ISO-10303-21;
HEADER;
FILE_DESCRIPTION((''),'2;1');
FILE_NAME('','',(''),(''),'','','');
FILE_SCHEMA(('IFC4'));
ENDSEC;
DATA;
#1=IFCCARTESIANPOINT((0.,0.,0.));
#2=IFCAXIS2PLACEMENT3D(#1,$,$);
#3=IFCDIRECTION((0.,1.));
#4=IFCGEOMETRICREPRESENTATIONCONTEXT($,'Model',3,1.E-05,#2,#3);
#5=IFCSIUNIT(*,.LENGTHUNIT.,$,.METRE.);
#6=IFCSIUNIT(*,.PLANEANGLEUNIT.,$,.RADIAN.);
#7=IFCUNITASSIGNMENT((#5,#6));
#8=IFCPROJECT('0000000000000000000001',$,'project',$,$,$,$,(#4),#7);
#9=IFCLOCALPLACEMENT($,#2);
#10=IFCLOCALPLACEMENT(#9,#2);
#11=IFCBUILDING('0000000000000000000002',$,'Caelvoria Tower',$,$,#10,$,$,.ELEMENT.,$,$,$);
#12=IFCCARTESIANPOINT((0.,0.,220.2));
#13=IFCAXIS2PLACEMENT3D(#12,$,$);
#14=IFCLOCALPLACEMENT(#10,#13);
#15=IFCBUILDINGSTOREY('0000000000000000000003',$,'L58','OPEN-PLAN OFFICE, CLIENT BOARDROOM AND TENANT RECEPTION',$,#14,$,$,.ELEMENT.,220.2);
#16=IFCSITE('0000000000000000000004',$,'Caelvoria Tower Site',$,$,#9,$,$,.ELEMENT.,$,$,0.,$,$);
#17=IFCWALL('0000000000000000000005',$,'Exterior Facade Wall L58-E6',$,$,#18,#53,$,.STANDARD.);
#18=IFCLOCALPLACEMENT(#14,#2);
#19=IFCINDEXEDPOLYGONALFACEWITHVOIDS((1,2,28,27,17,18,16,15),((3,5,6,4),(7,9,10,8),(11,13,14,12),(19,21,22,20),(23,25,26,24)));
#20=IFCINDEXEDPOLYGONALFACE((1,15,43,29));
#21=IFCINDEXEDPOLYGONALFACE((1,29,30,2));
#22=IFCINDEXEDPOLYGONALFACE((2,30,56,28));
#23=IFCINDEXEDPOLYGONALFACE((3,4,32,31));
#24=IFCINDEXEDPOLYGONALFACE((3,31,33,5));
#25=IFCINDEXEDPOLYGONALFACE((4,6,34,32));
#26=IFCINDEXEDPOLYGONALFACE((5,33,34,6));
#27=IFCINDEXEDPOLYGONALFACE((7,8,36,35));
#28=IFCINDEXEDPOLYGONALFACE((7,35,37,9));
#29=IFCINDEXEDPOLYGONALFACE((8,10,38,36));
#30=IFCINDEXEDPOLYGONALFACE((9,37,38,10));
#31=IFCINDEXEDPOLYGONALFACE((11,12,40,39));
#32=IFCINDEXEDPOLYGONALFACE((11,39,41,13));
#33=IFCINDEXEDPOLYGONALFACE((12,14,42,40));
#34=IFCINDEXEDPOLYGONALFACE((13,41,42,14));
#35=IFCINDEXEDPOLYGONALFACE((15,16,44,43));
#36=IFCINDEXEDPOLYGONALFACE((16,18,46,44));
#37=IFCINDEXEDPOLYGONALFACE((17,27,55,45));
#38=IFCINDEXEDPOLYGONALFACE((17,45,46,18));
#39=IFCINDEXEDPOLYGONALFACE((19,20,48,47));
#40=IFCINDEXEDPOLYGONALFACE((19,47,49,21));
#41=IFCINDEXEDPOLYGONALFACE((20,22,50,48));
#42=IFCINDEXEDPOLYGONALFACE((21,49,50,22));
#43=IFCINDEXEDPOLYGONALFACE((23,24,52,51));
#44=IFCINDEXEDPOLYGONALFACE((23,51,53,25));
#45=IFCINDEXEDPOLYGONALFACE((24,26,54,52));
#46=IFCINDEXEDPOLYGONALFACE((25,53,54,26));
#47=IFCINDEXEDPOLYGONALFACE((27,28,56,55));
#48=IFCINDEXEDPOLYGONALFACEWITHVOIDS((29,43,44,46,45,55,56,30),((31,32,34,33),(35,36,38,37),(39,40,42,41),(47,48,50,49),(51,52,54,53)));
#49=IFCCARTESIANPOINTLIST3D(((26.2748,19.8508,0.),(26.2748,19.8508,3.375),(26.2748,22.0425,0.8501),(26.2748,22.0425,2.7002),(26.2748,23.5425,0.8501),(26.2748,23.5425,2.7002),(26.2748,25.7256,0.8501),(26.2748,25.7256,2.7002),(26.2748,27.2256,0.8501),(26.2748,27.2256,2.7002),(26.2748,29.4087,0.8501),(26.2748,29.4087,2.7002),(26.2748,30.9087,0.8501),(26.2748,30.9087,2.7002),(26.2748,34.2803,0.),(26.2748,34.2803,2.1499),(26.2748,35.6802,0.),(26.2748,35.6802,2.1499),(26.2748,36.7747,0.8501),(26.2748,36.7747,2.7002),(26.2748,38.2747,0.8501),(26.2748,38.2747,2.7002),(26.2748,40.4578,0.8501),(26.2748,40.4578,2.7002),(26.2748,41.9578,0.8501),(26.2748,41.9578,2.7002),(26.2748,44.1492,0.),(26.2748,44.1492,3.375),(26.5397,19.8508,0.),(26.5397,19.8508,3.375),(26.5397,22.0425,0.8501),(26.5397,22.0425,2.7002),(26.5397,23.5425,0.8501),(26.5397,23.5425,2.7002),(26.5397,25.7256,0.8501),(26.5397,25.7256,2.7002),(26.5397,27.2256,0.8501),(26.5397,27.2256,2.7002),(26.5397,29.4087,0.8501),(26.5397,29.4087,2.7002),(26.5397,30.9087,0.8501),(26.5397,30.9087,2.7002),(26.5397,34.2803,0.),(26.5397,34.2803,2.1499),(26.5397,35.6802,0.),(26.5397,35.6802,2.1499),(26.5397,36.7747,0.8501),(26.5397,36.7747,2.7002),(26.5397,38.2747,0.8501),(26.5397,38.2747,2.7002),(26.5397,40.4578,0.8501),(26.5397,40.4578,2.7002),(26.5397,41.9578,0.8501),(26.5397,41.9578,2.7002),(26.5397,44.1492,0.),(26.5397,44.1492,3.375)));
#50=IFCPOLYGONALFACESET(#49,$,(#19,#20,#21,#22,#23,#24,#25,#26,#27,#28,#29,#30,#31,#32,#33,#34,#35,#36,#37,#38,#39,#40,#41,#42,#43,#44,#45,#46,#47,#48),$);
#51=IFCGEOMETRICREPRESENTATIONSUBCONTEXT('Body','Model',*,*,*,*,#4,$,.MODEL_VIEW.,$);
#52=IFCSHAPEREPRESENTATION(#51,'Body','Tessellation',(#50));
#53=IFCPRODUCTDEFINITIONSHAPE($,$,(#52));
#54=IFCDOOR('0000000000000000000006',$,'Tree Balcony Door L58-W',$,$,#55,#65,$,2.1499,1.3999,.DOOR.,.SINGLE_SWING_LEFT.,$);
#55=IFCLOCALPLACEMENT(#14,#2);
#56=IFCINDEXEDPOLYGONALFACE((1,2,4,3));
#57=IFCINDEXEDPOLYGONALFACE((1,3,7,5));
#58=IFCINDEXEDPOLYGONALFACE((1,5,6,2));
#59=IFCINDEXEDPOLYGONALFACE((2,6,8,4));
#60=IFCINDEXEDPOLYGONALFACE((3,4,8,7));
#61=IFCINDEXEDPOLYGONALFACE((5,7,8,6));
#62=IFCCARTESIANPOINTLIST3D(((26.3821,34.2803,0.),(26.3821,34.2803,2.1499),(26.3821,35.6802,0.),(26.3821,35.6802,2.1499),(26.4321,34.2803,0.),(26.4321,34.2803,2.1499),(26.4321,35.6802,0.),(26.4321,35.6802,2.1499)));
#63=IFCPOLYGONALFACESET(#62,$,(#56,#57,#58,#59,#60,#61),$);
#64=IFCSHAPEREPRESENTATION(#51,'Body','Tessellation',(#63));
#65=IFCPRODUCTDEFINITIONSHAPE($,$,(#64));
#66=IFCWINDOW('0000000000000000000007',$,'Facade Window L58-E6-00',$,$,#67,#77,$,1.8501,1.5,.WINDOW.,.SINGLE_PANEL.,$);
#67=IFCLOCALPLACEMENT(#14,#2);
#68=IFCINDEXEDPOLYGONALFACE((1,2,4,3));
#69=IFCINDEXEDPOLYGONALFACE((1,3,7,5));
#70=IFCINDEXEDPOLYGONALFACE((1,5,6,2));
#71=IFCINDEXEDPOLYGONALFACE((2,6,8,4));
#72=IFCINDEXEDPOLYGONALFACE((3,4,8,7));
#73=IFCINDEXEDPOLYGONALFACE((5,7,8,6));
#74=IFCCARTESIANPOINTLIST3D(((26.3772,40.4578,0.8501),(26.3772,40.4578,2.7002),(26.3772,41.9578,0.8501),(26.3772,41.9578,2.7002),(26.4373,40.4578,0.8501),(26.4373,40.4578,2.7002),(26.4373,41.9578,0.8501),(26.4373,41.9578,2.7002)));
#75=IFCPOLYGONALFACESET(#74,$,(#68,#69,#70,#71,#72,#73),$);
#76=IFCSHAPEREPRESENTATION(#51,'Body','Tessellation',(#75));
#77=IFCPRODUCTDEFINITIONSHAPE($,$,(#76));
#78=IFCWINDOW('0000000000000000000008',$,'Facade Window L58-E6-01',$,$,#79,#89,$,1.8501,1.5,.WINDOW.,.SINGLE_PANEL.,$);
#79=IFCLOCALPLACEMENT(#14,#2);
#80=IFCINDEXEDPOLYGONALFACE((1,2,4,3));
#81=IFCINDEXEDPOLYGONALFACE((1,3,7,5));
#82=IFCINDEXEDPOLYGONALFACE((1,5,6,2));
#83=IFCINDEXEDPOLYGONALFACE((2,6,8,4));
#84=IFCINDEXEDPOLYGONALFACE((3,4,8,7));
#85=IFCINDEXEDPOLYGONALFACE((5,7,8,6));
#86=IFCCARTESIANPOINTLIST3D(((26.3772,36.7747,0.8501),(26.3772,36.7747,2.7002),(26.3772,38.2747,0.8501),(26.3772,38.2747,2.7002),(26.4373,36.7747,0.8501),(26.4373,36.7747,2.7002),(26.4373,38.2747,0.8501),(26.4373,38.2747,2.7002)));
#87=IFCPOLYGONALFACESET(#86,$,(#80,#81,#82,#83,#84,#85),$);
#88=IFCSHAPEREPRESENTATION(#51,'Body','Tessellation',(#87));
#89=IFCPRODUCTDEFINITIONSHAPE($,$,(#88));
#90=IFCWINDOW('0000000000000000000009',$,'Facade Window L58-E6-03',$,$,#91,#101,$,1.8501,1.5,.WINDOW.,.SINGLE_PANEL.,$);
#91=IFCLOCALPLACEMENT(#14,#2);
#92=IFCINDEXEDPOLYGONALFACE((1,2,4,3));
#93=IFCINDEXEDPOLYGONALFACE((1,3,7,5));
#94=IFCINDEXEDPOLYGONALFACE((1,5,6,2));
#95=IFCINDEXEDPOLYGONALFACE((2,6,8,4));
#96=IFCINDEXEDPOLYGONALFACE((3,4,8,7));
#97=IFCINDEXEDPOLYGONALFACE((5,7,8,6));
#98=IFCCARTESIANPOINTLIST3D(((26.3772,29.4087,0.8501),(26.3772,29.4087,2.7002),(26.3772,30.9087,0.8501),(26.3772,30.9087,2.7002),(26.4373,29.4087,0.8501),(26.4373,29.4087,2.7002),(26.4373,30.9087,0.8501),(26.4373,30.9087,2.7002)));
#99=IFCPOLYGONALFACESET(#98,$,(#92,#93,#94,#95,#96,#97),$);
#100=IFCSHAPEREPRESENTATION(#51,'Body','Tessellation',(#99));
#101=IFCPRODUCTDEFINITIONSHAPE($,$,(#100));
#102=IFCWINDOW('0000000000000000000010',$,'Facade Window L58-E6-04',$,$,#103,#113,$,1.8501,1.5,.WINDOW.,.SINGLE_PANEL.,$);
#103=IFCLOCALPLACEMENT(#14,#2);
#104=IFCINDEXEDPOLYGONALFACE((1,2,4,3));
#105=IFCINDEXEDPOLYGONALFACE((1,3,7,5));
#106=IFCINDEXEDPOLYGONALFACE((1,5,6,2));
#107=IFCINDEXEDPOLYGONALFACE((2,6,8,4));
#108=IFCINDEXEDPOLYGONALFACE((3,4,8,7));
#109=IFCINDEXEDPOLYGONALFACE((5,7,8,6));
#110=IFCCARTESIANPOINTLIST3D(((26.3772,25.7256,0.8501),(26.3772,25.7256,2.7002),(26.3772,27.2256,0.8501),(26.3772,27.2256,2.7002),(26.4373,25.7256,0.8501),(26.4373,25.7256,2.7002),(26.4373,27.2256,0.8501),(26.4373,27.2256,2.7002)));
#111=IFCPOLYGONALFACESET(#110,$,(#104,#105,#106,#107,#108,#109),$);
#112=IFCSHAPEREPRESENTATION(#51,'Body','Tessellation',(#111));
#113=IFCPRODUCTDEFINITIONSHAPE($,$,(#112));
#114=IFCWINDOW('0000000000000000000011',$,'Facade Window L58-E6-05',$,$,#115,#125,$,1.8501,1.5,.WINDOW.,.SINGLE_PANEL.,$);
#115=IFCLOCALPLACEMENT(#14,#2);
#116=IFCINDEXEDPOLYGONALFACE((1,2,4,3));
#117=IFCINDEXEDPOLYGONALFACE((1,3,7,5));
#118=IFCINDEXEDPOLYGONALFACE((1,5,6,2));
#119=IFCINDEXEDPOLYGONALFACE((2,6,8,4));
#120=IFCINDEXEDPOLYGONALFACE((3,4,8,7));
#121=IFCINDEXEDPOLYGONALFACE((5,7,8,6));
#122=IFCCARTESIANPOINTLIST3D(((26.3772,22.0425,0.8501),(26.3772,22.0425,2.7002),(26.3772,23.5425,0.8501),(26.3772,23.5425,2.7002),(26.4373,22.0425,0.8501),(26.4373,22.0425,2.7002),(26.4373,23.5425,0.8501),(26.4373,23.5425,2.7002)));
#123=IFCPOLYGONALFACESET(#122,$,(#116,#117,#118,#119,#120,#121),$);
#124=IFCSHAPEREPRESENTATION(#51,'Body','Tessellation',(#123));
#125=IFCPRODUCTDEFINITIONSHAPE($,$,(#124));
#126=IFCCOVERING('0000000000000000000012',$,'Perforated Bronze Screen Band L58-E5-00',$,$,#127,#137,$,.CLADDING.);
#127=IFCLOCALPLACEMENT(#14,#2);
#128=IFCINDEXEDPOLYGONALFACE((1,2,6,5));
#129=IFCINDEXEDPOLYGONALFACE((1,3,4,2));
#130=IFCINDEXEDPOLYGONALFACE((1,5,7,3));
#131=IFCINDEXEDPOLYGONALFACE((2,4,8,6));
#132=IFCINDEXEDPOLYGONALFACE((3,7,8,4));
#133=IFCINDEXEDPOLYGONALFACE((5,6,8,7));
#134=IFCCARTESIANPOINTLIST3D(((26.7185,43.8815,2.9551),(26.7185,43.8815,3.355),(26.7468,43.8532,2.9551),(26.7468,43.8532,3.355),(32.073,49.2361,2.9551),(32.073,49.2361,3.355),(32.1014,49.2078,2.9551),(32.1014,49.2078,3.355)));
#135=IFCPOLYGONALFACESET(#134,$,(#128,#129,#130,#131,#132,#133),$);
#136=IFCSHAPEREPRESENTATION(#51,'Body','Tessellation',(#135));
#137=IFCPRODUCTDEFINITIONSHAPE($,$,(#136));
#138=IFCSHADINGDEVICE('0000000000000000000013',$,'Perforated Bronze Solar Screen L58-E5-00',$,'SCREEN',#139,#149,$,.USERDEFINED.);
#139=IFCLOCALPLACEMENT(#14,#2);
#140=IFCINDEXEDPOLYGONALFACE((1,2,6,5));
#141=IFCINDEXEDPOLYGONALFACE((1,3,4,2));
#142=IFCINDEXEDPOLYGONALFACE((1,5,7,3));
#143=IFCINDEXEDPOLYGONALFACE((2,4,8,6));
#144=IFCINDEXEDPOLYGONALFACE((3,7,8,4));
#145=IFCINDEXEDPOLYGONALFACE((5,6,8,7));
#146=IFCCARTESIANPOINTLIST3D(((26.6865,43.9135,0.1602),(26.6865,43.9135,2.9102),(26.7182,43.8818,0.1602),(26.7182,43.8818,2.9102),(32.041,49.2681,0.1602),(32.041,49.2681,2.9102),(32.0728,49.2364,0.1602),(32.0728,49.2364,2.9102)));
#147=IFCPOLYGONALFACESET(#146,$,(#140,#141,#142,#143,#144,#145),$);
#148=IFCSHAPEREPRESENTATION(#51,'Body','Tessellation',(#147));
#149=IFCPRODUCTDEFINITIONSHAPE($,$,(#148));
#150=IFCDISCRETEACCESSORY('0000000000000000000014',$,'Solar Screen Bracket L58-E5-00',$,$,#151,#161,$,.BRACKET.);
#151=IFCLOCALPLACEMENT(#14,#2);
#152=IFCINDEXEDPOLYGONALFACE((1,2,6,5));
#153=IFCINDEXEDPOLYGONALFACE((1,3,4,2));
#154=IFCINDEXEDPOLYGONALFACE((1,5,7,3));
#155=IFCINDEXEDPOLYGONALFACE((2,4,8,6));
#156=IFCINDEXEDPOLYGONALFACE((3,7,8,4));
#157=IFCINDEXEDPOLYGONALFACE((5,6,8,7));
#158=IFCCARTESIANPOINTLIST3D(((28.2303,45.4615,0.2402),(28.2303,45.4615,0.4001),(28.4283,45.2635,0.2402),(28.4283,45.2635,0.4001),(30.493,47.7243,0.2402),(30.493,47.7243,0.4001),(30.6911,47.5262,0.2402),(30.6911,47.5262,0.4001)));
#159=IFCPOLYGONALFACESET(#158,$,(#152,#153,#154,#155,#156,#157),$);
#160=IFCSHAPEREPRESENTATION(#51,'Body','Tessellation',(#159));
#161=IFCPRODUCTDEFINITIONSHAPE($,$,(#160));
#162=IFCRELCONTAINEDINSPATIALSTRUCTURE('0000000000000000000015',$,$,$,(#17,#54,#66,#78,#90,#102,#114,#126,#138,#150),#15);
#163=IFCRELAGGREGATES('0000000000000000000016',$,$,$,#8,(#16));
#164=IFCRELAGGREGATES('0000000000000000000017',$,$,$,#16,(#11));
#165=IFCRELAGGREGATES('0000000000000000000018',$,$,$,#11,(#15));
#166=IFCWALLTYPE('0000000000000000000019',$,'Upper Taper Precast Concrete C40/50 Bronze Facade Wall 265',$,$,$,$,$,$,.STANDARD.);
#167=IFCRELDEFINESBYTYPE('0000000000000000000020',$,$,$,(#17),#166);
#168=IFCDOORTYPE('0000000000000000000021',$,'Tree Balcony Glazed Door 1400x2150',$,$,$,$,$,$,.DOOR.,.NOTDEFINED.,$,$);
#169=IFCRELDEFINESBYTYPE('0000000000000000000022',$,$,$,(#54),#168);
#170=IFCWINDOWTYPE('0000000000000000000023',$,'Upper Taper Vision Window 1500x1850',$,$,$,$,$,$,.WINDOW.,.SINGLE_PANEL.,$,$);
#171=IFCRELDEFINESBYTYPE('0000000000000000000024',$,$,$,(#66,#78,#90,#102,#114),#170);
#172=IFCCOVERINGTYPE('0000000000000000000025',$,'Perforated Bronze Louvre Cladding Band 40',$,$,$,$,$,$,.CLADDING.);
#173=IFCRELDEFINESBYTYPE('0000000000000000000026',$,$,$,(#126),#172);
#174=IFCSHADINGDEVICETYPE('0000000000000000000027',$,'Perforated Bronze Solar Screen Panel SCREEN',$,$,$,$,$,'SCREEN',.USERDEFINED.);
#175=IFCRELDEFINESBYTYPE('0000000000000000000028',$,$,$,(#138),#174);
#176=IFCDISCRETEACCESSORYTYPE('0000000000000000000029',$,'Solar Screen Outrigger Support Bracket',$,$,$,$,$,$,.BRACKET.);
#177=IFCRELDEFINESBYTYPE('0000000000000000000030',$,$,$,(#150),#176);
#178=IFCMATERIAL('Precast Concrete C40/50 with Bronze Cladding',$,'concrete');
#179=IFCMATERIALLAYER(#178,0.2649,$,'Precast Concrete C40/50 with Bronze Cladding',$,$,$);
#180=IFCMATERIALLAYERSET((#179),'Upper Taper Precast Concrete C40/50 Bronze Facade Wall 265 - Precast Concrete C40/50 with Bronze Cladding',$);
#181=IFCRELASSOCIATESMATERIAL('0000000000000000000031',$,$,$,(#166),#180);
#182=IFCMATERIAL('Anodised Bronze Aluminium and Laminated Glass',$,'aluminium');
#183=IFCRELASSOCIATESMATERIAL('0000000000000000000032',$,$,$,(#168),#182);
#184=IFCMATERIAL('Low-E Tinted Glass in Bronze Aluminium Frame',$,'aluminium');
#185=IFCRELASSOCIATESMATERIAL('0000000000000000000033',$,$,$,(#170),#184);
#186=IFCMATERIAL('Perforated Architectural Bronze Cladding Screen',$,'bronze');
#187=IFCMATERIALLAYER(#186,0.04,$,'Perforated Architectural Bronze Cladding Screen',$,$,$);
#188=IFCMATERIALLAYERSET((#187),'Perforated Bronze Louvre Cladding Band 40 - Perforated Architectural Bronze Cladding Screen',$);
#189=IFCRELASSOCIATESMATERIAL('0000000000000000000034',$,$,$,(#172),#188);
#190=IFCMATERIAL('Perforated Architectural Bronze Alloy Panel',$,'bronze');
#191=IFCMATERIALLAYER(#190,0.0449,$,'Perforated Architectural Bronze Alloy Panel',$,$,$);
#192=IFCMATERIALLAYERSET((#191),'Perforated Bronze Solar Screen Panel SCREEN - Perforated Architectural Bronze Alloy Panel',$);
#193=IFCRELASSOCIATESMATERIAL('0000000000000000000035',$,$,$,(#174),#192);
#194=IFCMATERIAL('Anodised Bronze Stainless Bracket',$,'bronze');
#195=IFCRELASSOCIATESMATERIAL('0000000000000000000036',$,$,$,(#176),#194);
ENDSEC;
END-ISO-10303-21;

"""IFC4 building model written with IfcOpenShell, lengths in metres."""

from ifc_helpers import new_model, si_unit, direction, frame, frame_2d, origin, origin_2d, place, context, subcontext, project, spatial, rectangle, extrude, material, layer, layer_set, type_object, element, fill, save


model = new_model("IFC4")

# Units and contexts
model_context = context("Model", 3, precision=1e-05, world=origin(), true_north=direction((0.0, 1.0)))
body_context = subcontext(model_context, "Body", "Model", "MODEL_VIEW")
ifc_project = project(units=[si_unit("LENGTHUNIT", "METRE"), si_unit("PLANEANGLEUNIT", "RADIAN")], contexts=[model_context])

# Site, building, storey
site_placement = place(None, origin())
site = spatial("IfcSite", under=ifc_project, at=site_placement, Name="Caelvoria Tower Site", CompositionType="ELEMENT", RefElevation=0.0)
building_placement = place(site_placement, origin())
building = spatial("IfcBuilding", under=site, at=building_placement, Name="Caelvoria Tower", CompositionType="ELEMENT")
storey_placement = place(building_placement, frame((0.0, 0.0, 220.2)))
storey = spatial("IfcBuildingStorey", under=building, at=storey_placement, Name="L58", Description="OPEN-PLAN OFFICE, CLIENT BOARDROOM AND TENANT RECEPTION", CompositionType="ELEMENT", Elevation=220.2)

# Shared definitions
ifc_material_1 = material(Name="Precast Concrete C40/50 with Bronze Cladding", Category="concrete")
ifc_layer_1 = layer(ifc_material_1, 0.2649, Name="Precast Concrete C40/50 with Bronze Cladding")
ifc_layer_set_1 = layer_set([ifc_layer_1], Name="Upper Taper Precast Concrete C40/50 Bronze Facade Wall 265 - Precast Concrete C40/50 with Bronze Cladding")
wall_type = type_object("IfcWallType", Name="Upper Taper Precast Concrete C40/50 Bronze Facade Wall 265", PredefinedType="STANDARD", material=ifc_layer_set_1)

# Wall, openings, door, windows
wall_1_placement = place(storey_placement, frame((26.4072, 44.1492, 0.0), z_axis=(0.0, 0.0, 1.0), x_axis=(0.0, -1.0, 0.0)))
wall_1 = element("IfcWall", 1, at=wall_1_placement, inside=storey, type_object=wall_type, Name="Exterior Facade Wall L58-E6", PredefinedType="STANDARD", context=body_context, shape_type="SweptSolid", body=[
    extrude(rectangle(XDim=24.2983, YDim=0.2649, at=frame_2d((12.1492, 0.0))), origin(), (0.0, 0.0, 1.0), 3.375),
])
opening_1_placement = place(wall_1_placement, frame((8.469, 0.0, 0.0)))
opening_1 = element("IfcOpeningElement", 2, at=opening_1_placement, cuts=wall_1, PredefinedType="OPENING", context=body_context, shape_type="SweptSolid", body=[
    extrude(rectangle(XDim=1.3999, YDim=2.1499, at=frame_2d((0.7, 1.075))), frame((0.0, 0.1423, 0.0), z_axis=(0.0, -1.0, 0.0), x_axis=(1.0, 0.0, 0.0)), (0.0, 0.0, 1.0), 0.2849),
])
opening_2_placement = place(wall_1_placement, frame((2.1914, 0.0, 0.8501)))
opening_2 = element("IfcOpeningElement", 3, at=opening_2_placement, cuts=wall_1, PredefinedType="OPENING", context=body_context, shape_type="SweptSolid", body=[
    extrude(rectangle(XDim=1.5, YDim=1.8501, at=frame_2d((0.75, 0.925))), frame((0.0, 0.1423, 0.0), z_axis=(0.0, -1.0, 0.0), x_axis=(1.0, 0.0, 0.0)), (0.0, 0.0, 1.0), 0.2849),
])
opening_3_placement = place(wall_1_placement, frame((5.8745, 0.0, 0.8501)))
opening_3 = element("IfcOpeningElement", 4, at=opening_3_placement, cuts=wall_1, PredefinedType="OPENING", context=body_context, shape_type="SweptSolid", body=[
    extrude(rectangle(XDim=1.5, YDim=1.8501, at=frame_2d((0.75, 0.925))), frame((0.0, 0.1423, 0.0), z_axis=(0.0, -1.0, 0.0), x_axis=(1.0, 0.0, 0.0)), (0.0, 0.0, 1.0), 0.2849),
])
opening_4_placement = place(wall_1_placement, frame((13.2405, 0.0, 0.8501)))
opening_4 = element("IfcOpeningElement", 5, at=opening_4_placement, cuts=wall_1, PredefinedType="OPENING", context=body_context, shape_type="SweptSolid", body=[
    extrude(rectangle(XDim=1.5, YDim=1.8501, at=frame_2d((0.75, 0.925))), frame((0.0, 0.1423, 0.0), z_axis=(0.0, -1.0, 0.0), x_axis=(1.0, 0.0, 0.0)), (0.0, 0.0, 1.0), 0.2849),
])
opening_5_placement = place(wall_1_placement, frame((16.9236, 0.0, 0.8501)))
opening_5 = element("IfcOpeningElement", 6, at=opening_5_placement, cuts=wall_1, PredefinedType="OPENING", context=body_context, shape_type="SweptSolid", body=[
    extrude(rectangle(XDim=1.5, YDim=1.8501, at=frame_2d((0.75, 0.925))), frame((0.0, 0.1423, 0.0), z_axis=(0.0, -1.0, 0.0), x_axis=(1.0, 0.0, 0.0)), (0.0, 0.0, 1.0), 0.2849),
])
opening_6_placement = place(wall_1_placement, frame((20.6067, 0.0, 0.8501)))
opening_6 = element("IfcOpeningElement", 7, at=opening_6_placement, cuts=wall_1, PredefinedType="OPENING", context=body_context, shape_type="SweptSolid", body=[
    extrude(rectangle(XDim=1.5, YDim=1.8501, at=frame_2d((0.75, 0.925))), frame((0.0, 0.1423, 0.0), z_axis=(0.0, -1.0, 0.0), x_axis=(1.0, 0.0, 0.0)), (0.0, 0.0, 1.0), 0.2849),
])
ifc_material_2 = material(Name="Anodised Bronze Aluminium and Laminated Glass", Category="aluminium")
door_type = type_object("IfcDoorType", Name="Tree Balcony Glazed Door 1400x2150", OperationType="NOTDEFINED", PredefinedType="DOOR", material=ifc_material_2)
door_placement = place(opening_1_placement, origin())
door = element("IfcDoor", 8, at=door_placement, inside=storey, type_object=door_type, Name="Tree Balcony Door L58-W", OperationType="SINGLE_SWING_LEFT", OverallHeight=2.1499, OverallWidth=1.3999, PredefinedType="DOOR", context=body_context, shape_type="SweptSolid", body=[
    extrude(rectangle(XDim=1.3999, YDim=2.1499, at=frame_2d((0.7, 1.075))), frame((0.0, 0.0249, 0.0), z_axis=(0.0, -1.0, 0.0), x_axis=(1.0, 0.0, 0.0)), (0.0, 0.0, 1.0), 0.05),
])
fill(opening_1, door)
ifc_material_3 = material(Name="Low-E Tinted Glass in Bronze Aluminium Frame", Category="aluminium")
window_type = type_object("IfcWindowType", Name="Upper Taper Vision Window 1500x1850", PartitioningType="SINGLE_PANEL", PredefinedType="WINDOW", material=ifc_material_3)
window_1_placement = place(opening_2_placement, origin())
window_1 = element("IfcWindow", 9, at=window_1_placement, inside=storey, type_object=window_type, Name="Facade Window L58-E6-00", OverallHeight=1.8501, OverallWidth=1.5, PartitioningType="SINGLE_PANEL", PredefinedType="WINDOW", context=body_context, shape_type="SweptSolid", body=[
    extrude(rectangle(XDim=1.5, YDim=1.8501, at=frame_2d((0.75, 0.925))), frame((0.0, 0.03, 0.0), z_axis=(0.0, -1.0, 0.0), x_axis=(1.0, 0.0, 0.0)), (0.0, 0.0, 1.0), 0.0601),
])
fill(opening_2, window_1)
window_2_placement = place(opening_3_placement, origin())
window_2 = element("IfcWindow", 10, at=window_2_placement, inside=storey, type_object=window_type, Name="Facade Window L58-E6-01", OverallHeight=1.8501, OverallWidth=1.5, PartitioningType="SINGLE_PANEL", PredefinedType="WINDOW", context=body_context, shape_type="SweptSolid", body=[
    extrude(rectangle(XDim=1.5, YDim=1.8501, at=frame_2d((0.75, 0.925))), frame((0.0, 0.03, 0.0), z_axis=(0.0, -1.0, 0.0), x_axis=(1.0, 0.0, 0.0)), (0.0, 0.0, 1.0), 0.0601),
])
fill(opening_3, window_2)
window_3_placement = place(opening_4_placement, origin())
window_3 = element("IfcWindow", 11, at=window_3_placement, inside=storey, type_object=window_type, Name="Facade Window L58-E6-03", OverallHeight=1.8501, OverallWidth=1.5, PartitioningType="SINGLE_PANEL", PredefinedType="WINDOW", context=body_context, shape_type="SweptSolid", body=[
    extrude(rectangle(XDim=1.5, YDim=1.8501, at=frame_2d((0.75, 0.925))), frame((0.0, 0.03, 0.0), z_axis=(0.0, -1.0, 0.0), x_axis=(1.0, 0.0, 0.0)), (0.0, 0.0, 1.0), 0.0601),
])
fill(opening_4, window_3)
window_4_placement = place(opening_5_placement, origin())
window_4 = element("IfcWindow", 12, at=window_4_placement, inside=storey, type_object=window_type, Name="Facade Window L58-E6-04", OverallHeight=1.8501, OverallWidth=1.5, PartitioningType="SINGLE_PANEL", PredefinedType="WINDOW", context=body_context, shape_type="SweptSolid", body=[
    extrude(rectangle(XDim=1.5, YDim=1.8501, at=frame_2d((0.75, 0.925))), frame((0.0, 0.03, 0.0), z_axis=(0.0, -1.0, 0.0), x_axis=(1.0, 0.0, 0.0)), (0.0, 0.0, 1.0), 0.0601),
])
fill(opening_5, window_4)
window_5_placement = place(opening_6_placement, origin())
window_5 = element("IfcWindow", 13, at=window_5_placement, inside=storey, type_object=window_type, Name="Facade Window L58-E6-05", OverallHeight=1.8501, OverallWidth=1.5, PartitioningType="SINGLE_PANEL", PredefinedType="WINDOW", context=body_context, shape_type="SweptSolid", body=[
    extrude(rectangle(XDim=1.5, YDim=1.8501, at=frame_2d((0.75, 0.925))), frame((0.0, 0.03, 0.0), z_axis=(0.0, -1.0, 0.0), x_axis=(1.0, 0.0, 0.0)), (0.0, 0.0, 1.0), 0.0601),
])
fill(opening_6, window_5)

# Covering
ifc_material_4 = material(Name="Perforated Architectural Bronze Cladding Screen", Category="bronze")
ifc_layer_2 = layer(ifc_material_4, 0.04, Name="Perforated Architectural Bronze Cladding Screen")
ifc_layer_set_2 = layer_set([ifc_layer_2], Name="Perforated Bronze Louvre Cladding Band 40 - Perforated Architectural Bronze Cladding Screen")
covering_type = type_object("IfcCoveringType", Name="Perforated Bronze Louvre Cladding Band 40", PredefinedType="CLADDING", material=ifc_layer_set_2)
covering_placement = place(storey_placement, frame((29.4099, 46.5447, 2.9551), z_axis=(0.0, 0.0, 1.0), x_axis=(-0.707107, -0.707107, 0.0)))
element("IfcCovering", 14, at=covering_placement, inside=storey, type_object=covering_type, Name="Perforated Bronze Screen Band L58-E5-00", PredefinedType="CLADDING", context=body_context, shape_type="SweptSolid", body=[
    extrude(rectangle(XDim=7.5725, YDim=0.04, at=origin_2d()), origin(), (0.0, 0.0, 1.0), 0.3999),
])

# Shading device
ifc_material_5 = material(Name="Perforated Architectural Bronze Alloy Panel", Category="bronze")
ifc_layer_3 = layer(ifc_material_5, 0.0449, Name="Perforated Architectural Bronze Alloy Panel")
ifc_layer_set_3 = layer_set([ifc_layer_3], Name="Perforated Bronze Solar Screen Panel SCREEN - Perforated Architectural Bronze Alloy Panel")
shading_device_type = type_object("IfcShadingDeviceType", Name="Perforated Bronze Solar Screen Panel SCREEN", ElementType="SCREEN", PredefinedType="USERDEFINED", material=ifc_layer_set_3)
shading_device_placement = place(storey_placement, frame((29.3796, 46.575, 0.1602), z_axis=(0.0, 0.0, 1.0), x_axis=(-0.707107, -0.707107, 0.0)))
element("IfcShadingDevice", 15, at=shading_device_placement, inside=storey, type_object=shading_device_type, Name="Perforated Bronze Solar Screen L58-E5-00", ObjectType="SCREEN", PredefinedType="USERDEFINED", context=body_context, shape_type="SweptSolid", body=[
    extrude(rectangle(XDim=7.5725, YDim=0.0449, at=origin_2d()), origin(), (0.0, 0.0, 1.0), 2.75),
])

# Discrete accessory
ifc_material_6 = material(Name="Anodised Bronze Stainless Bracket", Category="bronze")
discrete_accessory_type = type_object("IfcDiscreteAccessoryType", Name="Solar Screen Outrigger Support Bracket", PredefinedType="BRACKET", material=ifc_material_6)
for number, where, z_axis, x_axis, name in (
    (16, (29.4607, 46.4939, 0.2402), (0.0, 0.0, 1.0), (-0.707107, -0.707107, 0.0), "Solar Screen Bracket L58-E5-00"),
):
    element("IfcDiscreteAccessory", number, at=place(storey_placement, frame(where, z_axis=z_axis, x_axis=x_axis)), inside=storey, type_object=discrete_accessory_type, Name=name, PredefinedType="BRACKET", context=body_context, shape_type="SweptSolid", body=[
        extrude(rectangle(XDim=3.2, YDim=0.28, at=origin_2d()), origin(), (0.0, 0.0, 1.0), 0.1599),
    ])

save(model, "model.ifc")
